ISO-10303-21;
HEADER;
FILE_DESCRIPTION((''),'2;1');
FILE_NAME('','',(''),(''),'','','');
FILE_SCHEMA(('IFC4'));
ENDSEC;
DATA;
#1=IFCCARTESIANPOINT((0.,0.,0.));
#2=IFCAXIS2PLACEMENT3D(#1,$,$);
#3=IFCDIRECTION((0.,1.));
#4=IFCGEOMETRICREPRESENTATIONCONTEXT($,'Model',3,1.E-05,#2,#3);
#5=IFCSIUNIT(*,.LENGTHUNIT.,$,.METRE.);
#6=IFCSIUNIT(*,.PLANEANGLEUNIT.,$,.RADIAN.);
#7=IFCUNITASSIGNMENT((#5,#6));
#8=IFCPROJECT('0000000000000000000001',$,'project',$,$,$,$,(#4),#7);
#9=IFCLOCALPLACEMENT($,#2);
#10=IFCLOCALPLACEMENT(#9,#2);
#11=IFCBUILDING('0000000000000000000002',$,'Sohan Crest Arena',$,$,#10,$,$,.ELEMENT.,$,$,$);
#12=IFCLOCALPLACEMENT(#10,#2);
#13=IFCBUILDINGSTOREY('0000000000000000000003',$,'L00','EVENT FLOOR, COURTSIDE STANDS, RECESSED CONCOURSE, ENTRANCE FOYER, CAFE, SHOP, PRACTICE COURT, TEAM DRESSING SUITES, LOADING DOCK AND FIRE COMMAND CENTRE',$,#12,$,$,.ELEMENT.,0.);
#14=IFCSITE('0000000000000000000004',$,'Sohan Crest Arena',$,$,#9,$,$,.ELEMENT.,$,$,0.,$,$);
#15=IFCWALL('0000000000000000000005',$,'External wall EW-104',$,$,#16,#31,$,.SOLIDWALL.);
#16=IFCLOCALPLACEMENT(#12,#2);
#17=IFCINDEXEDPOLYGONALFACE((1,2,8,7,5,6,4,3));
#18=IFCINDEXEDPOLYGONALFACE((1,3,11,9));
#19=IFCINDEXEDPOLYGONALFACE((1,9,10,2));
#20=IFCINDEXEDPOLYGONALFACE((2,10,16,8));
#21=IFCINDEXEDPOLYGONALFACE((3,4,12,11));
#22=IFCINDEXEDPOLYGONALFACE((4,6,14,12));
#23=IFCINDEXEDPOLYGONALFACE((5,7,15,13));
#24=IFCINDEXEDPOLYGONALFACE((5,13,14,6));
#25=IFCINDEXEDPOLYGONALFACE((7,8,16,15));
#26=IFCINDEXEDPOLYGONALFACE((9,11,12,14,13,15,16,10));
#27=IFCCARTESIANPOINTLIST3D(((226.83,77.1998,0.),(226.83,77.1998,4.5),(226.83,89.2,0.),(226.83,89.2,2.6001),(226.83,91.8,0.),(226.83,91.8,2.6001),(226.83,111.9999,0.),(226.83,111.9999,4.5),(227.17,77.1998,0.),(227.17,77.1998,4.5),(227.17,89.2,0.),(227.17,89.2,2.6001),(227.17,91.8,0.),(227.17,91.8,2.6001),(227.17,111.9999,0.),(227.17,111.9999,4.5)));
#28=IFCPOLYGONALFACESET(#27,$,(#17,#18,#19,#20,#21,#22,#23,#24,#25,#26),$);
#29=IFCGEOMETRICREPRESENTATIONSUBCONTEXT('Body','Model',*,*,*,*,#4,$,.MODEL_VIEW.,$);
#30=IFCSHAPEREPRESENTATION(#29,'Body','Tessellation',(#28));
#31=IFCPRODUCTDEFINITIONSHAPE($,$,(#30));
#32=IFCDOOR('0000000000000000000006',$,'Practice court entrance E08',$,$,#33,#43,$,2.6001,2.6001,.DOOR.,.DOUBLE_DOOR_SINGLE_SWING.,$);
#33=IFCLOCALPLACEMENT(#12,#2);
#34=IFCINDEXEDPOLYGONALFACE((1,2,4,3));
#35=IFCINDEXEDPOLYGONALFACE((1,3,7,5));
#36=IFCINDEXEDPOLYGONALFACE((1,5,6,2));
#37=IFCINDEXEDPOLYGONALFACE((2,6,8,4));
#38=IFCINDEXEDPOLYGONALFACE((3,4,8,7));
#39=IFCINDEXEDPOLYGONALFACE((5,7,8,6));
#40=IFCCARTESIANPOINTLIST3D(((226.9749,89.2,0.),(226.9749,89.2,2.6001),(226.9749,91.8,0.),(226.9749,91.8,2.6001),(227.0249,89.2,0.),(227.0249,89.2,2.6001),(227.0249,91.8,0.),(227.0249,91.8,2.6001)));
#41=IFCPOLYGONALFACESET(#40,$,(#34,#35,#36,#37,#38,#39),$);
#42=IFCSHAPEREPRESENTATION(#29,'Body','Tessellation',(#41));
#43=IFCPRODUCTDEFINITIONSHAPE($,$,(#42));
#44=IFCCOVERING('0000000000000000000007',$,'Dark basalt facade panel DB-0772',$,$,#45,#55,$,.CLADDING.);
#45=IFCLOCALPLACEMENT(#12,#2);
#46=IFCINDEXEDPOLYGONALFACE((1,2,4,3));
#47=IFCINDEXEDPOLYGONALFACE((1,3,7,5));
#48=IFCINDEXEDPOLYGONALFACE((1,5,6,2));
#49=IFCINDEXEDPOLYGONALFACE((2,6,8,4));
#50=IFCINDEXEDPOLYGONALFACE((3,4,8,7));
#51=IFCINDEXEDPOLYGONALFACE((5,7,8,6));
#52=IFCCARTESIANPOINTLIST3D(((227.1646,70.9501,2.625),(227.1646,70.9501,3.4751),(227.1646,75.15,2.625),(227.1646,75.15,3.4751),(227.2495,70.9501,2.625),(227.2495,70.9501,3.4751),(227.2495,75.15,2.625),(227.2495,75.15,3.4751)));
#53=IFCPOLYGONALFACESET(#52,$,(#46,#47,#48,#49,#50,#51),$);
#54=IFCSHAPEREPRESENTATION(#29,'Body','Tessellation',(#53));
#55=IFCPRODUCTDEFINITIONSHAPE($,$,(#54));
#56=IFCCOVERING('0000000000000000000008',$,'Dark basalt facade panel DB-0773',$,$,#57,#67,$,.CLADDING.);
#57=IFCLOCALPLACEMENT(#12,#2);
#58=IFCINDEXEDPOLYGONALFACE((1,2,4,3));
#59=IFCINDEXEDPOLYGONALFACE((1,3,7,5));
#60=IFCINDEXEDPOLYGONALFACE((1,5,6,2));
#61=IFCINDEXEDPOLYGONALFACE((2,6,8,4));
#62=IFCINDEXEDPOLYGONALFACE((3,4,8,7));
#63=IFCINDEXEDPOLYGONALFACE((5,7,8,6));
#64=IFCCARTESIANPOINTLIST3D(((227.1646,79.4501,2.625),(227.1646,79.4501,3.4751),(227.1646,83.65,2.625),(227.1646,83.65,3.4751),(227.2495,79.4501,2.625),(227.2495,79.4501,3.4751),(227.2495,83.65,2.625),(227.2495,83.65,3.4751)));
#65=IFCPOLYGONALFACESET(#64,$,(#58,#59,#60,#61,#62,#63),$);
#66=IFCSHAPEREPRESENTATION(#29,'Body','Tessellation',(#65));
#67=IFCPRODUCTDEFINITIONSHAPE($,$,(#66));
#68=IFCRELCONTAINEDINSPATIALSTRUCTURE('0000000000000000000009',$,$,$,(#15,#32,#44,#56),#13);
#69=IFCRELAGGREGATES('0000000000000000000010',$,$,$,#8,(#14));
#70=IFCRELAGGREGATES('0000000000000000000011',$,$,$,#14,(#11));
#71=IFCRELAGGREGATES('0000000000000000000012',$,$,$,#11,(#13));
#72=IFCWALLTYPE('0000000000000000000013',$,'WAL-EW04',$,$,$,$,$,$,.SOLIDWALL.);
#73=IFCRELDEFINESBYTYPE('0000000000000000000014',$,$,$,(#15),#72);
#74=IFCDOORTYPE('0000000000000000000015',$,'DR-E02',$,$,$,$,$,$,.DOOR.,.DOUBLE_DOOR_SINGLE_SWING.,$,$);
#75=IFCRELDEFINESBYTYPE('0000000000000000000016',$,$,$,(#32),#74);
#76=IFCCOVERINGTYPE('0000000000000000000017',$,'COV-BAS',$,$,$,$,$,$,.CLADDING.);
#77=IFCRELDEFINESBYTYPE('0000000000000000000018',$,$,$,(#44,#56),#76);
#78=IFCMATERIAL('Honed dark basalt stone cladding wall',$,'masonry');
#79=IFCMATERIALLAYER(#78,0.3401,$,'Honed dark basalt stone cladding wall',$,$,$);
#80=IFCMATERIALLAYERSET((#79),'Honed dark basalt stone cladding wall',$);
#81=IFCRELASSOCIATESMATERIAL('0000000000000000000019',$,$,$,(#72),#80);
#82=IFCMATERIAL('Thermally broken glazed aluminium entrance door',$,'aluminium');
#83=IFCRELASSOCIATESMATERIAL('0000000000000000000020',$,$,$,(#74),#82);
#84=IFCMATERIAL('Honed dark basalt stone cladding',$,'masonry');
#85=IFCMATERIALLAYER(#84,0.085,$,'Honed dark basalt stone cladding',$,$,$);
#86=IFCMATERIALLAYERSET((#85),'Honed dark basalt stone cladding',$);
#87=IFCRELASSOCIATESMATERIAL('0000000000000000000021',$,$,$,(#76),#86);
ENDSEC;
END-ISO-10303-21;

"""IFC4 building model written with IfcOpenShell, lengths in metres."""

from ifc_helpers import new_model, si_unit, direction, frame, frame_2d, origin, origin_2d, place, context, subcontext, project, spatial, rectangle, extrude, material, layer, layer_set, type_object, element, fill, save


model = new_model("IFC4")

# Units and contexts
model_context = context("Model", 3, precision=1e-05, world=origin(), true_north=direction((0.0, 1.0)))
body_context = subcontext(model_context, "Body", "Model", "MODEL_VIEW")
ifc_project = project(units=[si_unit("LENGTHUNIT", "METRE"), si_unit("PLANEANGLEUNIT", "RADIAN")], contexts=[model_context])

# Site, building, storey
site_placement = place(None, origin())
site = spatial("IfcSite", under=ifc_project, at=site_placement, Name="Sohan Crest Arena", CompositionType="ELEMENT", RefElevation=0.0)
building_placement = place(site_placement, origin())
building = spatial("IfcBuilding", under=site, at=building_placement, Name="Sohan Crest Arena", CompositionType="ELEMENT")
storey_placement = place(building_placement, origin())
storey = spatial("IfcBuildingStorey", under=building, at=storey_placement, Name="L00", Description="EVENT FLOOR, COURTSIDE STANDS, RECESSED CONCOURSE, ENTRANCE FOYER, CAFE, SHOP, PRACTICE COURT, TEAM DRESSING SUITES, LOADING DOCK AND FIRE COMMAND CENTRE", CompositionType="ELEMENT", Elevation=0.0)

# Wall, opening, door
ifc_material_1 = material(Name="Honed dark basalt stone cladding wall", Category="masonry")
ifc_layer_1 = layer(ifc_material_1, 0.3401, Name="Honed dark basalt stone cladding wall")
ifc_layer_set_1 = layer_set([ifc_layer_1], Name="Honed dark basalt stone cladding wall")
wall_type = type_object("IfcWallType", Name="WAL-EW04", PredefinedType="SOLIDWALL", material=ifc_layer_set_1)
wall_placement = place(storey_placement, frame((227.0, 77.2, 0.0), z_axis=(0.0, 0.0, 1.0), x_axis=(0.0, 1.0, 0.0)))
wall = element("IfcWall", 1, at=wall_placement, inside=storey, type_object=wall_type, Name="External wall EW-104", PredefinedType="SOLIDWALL", context=body_context, shape_type="SweptSolid", body=[
    extrude(rectangle(XDim=34.8, YDim=0.3401, at=frame_2d((17.3999, 0.0))), origin(), (0.0, 0.0, 1.0), 4.5),
])
opening_placement = place(wall_placement, frame((12.0, 0.0, 0.0)))
opening = element("IfcOpeningElement", 2, at=opening_placement, cuts=wall, PredefinedType="OPENING", context=body_context, shape_type="SweptSolid", body=[
    extrude(rectangle(XDim=2.6001, YDim=2.6001, at=frame_2d((1.3, 1.3))), frame((0.0, 0.1799, 0.0), z_axis=(0.0, -1.0, 0.0), x_axis=(1.0, 0.0, 0.0)), (0.0, 0.0, 1.0), 0.3601),
])
ifc_material_2 = material(Name="Thermally broken glazed aluminium entrance door", Category="aluminium")
door_type = type_object("IfcDoorType", Name="DR-E02", OperationType="DOUBLE_DOOR_SINGLE_SWING", PredefinedType="DOOR", material=ifc_material_2)
door_placement = place(opening_placement, frame((2.6001, 0.0, 0.0), z_axis=(0.0, 0.0, 1.0), x_axis=(-1.0, 0.0, 0.0)))
door = element("IfcDoor", 3, at=door_placement, inside=storey, type_object=door_type, Name="Practice court entrance E08", OperationType="DOUBLE_DOOR_SINGLE_SWING", OverallHeight=2.6001, OverallWidth=2.6001, PredefinedType="DOOR", context=body_context, shape_type="SweptSolid", body=[
    extrude(rectangle(XDim=2.6001, YDim=2.6001, at=frame_2d((1.3, 1.3))), frame((0.0, 0.0249, 0.0), z_axis=(0.0, -1.0, 0.0), x_axis=(1.0, 0.0, 0.0)), (0.0, 0.0, 1.0), 0.05),
])
fill(opening, door)

# Coverings
ifc_material_3 = material(Name="Honed dark basalt stone cladding", Category="masonry")
ifc_layer_2 = layer(ifc_material_3, 0.085, Name="Honed dark basalt stone cladding")
ifc_layer_set_2 = layer_set([ifc_layer_2], Name="Honed dark basalt stone cladding")
covering_type = type_object("IfcCoveringType", Name="COV-BAS", PredefinedType="CLADDING", material=ifc_layer_set_2)
for number, where, z_axis, x_axis, name in (
    (4, (227.207, 73.05, 2.625), (0.0, 0.0, 1.0), (0.0, 1.0, 0.0), "Dark basalt facade panel DB-0772"),
    (5, (227.207, 81.55, 2.625), (0.0, 0.0, 1.0), (0.0, 1.0, 0.0), "Dark basalt facade panel DB-0773"),
):
    element("IfcCovering", number, at=place(storey_placement, frame(where, z_axis=z_axis, x_axis=x_axis)), inside=storey, type_object=covering_type, Name=name, PredefinedType="CLADDING", context=body_context, shape_type="SweptSolid", body=[
        extrude(rectangle(XDim=4.2, YDim=0.085, at=origin_2d()), origin(), (0.0, 0.0, 1.0), 0.8501),
    ])

save(model, "model.ifc")
